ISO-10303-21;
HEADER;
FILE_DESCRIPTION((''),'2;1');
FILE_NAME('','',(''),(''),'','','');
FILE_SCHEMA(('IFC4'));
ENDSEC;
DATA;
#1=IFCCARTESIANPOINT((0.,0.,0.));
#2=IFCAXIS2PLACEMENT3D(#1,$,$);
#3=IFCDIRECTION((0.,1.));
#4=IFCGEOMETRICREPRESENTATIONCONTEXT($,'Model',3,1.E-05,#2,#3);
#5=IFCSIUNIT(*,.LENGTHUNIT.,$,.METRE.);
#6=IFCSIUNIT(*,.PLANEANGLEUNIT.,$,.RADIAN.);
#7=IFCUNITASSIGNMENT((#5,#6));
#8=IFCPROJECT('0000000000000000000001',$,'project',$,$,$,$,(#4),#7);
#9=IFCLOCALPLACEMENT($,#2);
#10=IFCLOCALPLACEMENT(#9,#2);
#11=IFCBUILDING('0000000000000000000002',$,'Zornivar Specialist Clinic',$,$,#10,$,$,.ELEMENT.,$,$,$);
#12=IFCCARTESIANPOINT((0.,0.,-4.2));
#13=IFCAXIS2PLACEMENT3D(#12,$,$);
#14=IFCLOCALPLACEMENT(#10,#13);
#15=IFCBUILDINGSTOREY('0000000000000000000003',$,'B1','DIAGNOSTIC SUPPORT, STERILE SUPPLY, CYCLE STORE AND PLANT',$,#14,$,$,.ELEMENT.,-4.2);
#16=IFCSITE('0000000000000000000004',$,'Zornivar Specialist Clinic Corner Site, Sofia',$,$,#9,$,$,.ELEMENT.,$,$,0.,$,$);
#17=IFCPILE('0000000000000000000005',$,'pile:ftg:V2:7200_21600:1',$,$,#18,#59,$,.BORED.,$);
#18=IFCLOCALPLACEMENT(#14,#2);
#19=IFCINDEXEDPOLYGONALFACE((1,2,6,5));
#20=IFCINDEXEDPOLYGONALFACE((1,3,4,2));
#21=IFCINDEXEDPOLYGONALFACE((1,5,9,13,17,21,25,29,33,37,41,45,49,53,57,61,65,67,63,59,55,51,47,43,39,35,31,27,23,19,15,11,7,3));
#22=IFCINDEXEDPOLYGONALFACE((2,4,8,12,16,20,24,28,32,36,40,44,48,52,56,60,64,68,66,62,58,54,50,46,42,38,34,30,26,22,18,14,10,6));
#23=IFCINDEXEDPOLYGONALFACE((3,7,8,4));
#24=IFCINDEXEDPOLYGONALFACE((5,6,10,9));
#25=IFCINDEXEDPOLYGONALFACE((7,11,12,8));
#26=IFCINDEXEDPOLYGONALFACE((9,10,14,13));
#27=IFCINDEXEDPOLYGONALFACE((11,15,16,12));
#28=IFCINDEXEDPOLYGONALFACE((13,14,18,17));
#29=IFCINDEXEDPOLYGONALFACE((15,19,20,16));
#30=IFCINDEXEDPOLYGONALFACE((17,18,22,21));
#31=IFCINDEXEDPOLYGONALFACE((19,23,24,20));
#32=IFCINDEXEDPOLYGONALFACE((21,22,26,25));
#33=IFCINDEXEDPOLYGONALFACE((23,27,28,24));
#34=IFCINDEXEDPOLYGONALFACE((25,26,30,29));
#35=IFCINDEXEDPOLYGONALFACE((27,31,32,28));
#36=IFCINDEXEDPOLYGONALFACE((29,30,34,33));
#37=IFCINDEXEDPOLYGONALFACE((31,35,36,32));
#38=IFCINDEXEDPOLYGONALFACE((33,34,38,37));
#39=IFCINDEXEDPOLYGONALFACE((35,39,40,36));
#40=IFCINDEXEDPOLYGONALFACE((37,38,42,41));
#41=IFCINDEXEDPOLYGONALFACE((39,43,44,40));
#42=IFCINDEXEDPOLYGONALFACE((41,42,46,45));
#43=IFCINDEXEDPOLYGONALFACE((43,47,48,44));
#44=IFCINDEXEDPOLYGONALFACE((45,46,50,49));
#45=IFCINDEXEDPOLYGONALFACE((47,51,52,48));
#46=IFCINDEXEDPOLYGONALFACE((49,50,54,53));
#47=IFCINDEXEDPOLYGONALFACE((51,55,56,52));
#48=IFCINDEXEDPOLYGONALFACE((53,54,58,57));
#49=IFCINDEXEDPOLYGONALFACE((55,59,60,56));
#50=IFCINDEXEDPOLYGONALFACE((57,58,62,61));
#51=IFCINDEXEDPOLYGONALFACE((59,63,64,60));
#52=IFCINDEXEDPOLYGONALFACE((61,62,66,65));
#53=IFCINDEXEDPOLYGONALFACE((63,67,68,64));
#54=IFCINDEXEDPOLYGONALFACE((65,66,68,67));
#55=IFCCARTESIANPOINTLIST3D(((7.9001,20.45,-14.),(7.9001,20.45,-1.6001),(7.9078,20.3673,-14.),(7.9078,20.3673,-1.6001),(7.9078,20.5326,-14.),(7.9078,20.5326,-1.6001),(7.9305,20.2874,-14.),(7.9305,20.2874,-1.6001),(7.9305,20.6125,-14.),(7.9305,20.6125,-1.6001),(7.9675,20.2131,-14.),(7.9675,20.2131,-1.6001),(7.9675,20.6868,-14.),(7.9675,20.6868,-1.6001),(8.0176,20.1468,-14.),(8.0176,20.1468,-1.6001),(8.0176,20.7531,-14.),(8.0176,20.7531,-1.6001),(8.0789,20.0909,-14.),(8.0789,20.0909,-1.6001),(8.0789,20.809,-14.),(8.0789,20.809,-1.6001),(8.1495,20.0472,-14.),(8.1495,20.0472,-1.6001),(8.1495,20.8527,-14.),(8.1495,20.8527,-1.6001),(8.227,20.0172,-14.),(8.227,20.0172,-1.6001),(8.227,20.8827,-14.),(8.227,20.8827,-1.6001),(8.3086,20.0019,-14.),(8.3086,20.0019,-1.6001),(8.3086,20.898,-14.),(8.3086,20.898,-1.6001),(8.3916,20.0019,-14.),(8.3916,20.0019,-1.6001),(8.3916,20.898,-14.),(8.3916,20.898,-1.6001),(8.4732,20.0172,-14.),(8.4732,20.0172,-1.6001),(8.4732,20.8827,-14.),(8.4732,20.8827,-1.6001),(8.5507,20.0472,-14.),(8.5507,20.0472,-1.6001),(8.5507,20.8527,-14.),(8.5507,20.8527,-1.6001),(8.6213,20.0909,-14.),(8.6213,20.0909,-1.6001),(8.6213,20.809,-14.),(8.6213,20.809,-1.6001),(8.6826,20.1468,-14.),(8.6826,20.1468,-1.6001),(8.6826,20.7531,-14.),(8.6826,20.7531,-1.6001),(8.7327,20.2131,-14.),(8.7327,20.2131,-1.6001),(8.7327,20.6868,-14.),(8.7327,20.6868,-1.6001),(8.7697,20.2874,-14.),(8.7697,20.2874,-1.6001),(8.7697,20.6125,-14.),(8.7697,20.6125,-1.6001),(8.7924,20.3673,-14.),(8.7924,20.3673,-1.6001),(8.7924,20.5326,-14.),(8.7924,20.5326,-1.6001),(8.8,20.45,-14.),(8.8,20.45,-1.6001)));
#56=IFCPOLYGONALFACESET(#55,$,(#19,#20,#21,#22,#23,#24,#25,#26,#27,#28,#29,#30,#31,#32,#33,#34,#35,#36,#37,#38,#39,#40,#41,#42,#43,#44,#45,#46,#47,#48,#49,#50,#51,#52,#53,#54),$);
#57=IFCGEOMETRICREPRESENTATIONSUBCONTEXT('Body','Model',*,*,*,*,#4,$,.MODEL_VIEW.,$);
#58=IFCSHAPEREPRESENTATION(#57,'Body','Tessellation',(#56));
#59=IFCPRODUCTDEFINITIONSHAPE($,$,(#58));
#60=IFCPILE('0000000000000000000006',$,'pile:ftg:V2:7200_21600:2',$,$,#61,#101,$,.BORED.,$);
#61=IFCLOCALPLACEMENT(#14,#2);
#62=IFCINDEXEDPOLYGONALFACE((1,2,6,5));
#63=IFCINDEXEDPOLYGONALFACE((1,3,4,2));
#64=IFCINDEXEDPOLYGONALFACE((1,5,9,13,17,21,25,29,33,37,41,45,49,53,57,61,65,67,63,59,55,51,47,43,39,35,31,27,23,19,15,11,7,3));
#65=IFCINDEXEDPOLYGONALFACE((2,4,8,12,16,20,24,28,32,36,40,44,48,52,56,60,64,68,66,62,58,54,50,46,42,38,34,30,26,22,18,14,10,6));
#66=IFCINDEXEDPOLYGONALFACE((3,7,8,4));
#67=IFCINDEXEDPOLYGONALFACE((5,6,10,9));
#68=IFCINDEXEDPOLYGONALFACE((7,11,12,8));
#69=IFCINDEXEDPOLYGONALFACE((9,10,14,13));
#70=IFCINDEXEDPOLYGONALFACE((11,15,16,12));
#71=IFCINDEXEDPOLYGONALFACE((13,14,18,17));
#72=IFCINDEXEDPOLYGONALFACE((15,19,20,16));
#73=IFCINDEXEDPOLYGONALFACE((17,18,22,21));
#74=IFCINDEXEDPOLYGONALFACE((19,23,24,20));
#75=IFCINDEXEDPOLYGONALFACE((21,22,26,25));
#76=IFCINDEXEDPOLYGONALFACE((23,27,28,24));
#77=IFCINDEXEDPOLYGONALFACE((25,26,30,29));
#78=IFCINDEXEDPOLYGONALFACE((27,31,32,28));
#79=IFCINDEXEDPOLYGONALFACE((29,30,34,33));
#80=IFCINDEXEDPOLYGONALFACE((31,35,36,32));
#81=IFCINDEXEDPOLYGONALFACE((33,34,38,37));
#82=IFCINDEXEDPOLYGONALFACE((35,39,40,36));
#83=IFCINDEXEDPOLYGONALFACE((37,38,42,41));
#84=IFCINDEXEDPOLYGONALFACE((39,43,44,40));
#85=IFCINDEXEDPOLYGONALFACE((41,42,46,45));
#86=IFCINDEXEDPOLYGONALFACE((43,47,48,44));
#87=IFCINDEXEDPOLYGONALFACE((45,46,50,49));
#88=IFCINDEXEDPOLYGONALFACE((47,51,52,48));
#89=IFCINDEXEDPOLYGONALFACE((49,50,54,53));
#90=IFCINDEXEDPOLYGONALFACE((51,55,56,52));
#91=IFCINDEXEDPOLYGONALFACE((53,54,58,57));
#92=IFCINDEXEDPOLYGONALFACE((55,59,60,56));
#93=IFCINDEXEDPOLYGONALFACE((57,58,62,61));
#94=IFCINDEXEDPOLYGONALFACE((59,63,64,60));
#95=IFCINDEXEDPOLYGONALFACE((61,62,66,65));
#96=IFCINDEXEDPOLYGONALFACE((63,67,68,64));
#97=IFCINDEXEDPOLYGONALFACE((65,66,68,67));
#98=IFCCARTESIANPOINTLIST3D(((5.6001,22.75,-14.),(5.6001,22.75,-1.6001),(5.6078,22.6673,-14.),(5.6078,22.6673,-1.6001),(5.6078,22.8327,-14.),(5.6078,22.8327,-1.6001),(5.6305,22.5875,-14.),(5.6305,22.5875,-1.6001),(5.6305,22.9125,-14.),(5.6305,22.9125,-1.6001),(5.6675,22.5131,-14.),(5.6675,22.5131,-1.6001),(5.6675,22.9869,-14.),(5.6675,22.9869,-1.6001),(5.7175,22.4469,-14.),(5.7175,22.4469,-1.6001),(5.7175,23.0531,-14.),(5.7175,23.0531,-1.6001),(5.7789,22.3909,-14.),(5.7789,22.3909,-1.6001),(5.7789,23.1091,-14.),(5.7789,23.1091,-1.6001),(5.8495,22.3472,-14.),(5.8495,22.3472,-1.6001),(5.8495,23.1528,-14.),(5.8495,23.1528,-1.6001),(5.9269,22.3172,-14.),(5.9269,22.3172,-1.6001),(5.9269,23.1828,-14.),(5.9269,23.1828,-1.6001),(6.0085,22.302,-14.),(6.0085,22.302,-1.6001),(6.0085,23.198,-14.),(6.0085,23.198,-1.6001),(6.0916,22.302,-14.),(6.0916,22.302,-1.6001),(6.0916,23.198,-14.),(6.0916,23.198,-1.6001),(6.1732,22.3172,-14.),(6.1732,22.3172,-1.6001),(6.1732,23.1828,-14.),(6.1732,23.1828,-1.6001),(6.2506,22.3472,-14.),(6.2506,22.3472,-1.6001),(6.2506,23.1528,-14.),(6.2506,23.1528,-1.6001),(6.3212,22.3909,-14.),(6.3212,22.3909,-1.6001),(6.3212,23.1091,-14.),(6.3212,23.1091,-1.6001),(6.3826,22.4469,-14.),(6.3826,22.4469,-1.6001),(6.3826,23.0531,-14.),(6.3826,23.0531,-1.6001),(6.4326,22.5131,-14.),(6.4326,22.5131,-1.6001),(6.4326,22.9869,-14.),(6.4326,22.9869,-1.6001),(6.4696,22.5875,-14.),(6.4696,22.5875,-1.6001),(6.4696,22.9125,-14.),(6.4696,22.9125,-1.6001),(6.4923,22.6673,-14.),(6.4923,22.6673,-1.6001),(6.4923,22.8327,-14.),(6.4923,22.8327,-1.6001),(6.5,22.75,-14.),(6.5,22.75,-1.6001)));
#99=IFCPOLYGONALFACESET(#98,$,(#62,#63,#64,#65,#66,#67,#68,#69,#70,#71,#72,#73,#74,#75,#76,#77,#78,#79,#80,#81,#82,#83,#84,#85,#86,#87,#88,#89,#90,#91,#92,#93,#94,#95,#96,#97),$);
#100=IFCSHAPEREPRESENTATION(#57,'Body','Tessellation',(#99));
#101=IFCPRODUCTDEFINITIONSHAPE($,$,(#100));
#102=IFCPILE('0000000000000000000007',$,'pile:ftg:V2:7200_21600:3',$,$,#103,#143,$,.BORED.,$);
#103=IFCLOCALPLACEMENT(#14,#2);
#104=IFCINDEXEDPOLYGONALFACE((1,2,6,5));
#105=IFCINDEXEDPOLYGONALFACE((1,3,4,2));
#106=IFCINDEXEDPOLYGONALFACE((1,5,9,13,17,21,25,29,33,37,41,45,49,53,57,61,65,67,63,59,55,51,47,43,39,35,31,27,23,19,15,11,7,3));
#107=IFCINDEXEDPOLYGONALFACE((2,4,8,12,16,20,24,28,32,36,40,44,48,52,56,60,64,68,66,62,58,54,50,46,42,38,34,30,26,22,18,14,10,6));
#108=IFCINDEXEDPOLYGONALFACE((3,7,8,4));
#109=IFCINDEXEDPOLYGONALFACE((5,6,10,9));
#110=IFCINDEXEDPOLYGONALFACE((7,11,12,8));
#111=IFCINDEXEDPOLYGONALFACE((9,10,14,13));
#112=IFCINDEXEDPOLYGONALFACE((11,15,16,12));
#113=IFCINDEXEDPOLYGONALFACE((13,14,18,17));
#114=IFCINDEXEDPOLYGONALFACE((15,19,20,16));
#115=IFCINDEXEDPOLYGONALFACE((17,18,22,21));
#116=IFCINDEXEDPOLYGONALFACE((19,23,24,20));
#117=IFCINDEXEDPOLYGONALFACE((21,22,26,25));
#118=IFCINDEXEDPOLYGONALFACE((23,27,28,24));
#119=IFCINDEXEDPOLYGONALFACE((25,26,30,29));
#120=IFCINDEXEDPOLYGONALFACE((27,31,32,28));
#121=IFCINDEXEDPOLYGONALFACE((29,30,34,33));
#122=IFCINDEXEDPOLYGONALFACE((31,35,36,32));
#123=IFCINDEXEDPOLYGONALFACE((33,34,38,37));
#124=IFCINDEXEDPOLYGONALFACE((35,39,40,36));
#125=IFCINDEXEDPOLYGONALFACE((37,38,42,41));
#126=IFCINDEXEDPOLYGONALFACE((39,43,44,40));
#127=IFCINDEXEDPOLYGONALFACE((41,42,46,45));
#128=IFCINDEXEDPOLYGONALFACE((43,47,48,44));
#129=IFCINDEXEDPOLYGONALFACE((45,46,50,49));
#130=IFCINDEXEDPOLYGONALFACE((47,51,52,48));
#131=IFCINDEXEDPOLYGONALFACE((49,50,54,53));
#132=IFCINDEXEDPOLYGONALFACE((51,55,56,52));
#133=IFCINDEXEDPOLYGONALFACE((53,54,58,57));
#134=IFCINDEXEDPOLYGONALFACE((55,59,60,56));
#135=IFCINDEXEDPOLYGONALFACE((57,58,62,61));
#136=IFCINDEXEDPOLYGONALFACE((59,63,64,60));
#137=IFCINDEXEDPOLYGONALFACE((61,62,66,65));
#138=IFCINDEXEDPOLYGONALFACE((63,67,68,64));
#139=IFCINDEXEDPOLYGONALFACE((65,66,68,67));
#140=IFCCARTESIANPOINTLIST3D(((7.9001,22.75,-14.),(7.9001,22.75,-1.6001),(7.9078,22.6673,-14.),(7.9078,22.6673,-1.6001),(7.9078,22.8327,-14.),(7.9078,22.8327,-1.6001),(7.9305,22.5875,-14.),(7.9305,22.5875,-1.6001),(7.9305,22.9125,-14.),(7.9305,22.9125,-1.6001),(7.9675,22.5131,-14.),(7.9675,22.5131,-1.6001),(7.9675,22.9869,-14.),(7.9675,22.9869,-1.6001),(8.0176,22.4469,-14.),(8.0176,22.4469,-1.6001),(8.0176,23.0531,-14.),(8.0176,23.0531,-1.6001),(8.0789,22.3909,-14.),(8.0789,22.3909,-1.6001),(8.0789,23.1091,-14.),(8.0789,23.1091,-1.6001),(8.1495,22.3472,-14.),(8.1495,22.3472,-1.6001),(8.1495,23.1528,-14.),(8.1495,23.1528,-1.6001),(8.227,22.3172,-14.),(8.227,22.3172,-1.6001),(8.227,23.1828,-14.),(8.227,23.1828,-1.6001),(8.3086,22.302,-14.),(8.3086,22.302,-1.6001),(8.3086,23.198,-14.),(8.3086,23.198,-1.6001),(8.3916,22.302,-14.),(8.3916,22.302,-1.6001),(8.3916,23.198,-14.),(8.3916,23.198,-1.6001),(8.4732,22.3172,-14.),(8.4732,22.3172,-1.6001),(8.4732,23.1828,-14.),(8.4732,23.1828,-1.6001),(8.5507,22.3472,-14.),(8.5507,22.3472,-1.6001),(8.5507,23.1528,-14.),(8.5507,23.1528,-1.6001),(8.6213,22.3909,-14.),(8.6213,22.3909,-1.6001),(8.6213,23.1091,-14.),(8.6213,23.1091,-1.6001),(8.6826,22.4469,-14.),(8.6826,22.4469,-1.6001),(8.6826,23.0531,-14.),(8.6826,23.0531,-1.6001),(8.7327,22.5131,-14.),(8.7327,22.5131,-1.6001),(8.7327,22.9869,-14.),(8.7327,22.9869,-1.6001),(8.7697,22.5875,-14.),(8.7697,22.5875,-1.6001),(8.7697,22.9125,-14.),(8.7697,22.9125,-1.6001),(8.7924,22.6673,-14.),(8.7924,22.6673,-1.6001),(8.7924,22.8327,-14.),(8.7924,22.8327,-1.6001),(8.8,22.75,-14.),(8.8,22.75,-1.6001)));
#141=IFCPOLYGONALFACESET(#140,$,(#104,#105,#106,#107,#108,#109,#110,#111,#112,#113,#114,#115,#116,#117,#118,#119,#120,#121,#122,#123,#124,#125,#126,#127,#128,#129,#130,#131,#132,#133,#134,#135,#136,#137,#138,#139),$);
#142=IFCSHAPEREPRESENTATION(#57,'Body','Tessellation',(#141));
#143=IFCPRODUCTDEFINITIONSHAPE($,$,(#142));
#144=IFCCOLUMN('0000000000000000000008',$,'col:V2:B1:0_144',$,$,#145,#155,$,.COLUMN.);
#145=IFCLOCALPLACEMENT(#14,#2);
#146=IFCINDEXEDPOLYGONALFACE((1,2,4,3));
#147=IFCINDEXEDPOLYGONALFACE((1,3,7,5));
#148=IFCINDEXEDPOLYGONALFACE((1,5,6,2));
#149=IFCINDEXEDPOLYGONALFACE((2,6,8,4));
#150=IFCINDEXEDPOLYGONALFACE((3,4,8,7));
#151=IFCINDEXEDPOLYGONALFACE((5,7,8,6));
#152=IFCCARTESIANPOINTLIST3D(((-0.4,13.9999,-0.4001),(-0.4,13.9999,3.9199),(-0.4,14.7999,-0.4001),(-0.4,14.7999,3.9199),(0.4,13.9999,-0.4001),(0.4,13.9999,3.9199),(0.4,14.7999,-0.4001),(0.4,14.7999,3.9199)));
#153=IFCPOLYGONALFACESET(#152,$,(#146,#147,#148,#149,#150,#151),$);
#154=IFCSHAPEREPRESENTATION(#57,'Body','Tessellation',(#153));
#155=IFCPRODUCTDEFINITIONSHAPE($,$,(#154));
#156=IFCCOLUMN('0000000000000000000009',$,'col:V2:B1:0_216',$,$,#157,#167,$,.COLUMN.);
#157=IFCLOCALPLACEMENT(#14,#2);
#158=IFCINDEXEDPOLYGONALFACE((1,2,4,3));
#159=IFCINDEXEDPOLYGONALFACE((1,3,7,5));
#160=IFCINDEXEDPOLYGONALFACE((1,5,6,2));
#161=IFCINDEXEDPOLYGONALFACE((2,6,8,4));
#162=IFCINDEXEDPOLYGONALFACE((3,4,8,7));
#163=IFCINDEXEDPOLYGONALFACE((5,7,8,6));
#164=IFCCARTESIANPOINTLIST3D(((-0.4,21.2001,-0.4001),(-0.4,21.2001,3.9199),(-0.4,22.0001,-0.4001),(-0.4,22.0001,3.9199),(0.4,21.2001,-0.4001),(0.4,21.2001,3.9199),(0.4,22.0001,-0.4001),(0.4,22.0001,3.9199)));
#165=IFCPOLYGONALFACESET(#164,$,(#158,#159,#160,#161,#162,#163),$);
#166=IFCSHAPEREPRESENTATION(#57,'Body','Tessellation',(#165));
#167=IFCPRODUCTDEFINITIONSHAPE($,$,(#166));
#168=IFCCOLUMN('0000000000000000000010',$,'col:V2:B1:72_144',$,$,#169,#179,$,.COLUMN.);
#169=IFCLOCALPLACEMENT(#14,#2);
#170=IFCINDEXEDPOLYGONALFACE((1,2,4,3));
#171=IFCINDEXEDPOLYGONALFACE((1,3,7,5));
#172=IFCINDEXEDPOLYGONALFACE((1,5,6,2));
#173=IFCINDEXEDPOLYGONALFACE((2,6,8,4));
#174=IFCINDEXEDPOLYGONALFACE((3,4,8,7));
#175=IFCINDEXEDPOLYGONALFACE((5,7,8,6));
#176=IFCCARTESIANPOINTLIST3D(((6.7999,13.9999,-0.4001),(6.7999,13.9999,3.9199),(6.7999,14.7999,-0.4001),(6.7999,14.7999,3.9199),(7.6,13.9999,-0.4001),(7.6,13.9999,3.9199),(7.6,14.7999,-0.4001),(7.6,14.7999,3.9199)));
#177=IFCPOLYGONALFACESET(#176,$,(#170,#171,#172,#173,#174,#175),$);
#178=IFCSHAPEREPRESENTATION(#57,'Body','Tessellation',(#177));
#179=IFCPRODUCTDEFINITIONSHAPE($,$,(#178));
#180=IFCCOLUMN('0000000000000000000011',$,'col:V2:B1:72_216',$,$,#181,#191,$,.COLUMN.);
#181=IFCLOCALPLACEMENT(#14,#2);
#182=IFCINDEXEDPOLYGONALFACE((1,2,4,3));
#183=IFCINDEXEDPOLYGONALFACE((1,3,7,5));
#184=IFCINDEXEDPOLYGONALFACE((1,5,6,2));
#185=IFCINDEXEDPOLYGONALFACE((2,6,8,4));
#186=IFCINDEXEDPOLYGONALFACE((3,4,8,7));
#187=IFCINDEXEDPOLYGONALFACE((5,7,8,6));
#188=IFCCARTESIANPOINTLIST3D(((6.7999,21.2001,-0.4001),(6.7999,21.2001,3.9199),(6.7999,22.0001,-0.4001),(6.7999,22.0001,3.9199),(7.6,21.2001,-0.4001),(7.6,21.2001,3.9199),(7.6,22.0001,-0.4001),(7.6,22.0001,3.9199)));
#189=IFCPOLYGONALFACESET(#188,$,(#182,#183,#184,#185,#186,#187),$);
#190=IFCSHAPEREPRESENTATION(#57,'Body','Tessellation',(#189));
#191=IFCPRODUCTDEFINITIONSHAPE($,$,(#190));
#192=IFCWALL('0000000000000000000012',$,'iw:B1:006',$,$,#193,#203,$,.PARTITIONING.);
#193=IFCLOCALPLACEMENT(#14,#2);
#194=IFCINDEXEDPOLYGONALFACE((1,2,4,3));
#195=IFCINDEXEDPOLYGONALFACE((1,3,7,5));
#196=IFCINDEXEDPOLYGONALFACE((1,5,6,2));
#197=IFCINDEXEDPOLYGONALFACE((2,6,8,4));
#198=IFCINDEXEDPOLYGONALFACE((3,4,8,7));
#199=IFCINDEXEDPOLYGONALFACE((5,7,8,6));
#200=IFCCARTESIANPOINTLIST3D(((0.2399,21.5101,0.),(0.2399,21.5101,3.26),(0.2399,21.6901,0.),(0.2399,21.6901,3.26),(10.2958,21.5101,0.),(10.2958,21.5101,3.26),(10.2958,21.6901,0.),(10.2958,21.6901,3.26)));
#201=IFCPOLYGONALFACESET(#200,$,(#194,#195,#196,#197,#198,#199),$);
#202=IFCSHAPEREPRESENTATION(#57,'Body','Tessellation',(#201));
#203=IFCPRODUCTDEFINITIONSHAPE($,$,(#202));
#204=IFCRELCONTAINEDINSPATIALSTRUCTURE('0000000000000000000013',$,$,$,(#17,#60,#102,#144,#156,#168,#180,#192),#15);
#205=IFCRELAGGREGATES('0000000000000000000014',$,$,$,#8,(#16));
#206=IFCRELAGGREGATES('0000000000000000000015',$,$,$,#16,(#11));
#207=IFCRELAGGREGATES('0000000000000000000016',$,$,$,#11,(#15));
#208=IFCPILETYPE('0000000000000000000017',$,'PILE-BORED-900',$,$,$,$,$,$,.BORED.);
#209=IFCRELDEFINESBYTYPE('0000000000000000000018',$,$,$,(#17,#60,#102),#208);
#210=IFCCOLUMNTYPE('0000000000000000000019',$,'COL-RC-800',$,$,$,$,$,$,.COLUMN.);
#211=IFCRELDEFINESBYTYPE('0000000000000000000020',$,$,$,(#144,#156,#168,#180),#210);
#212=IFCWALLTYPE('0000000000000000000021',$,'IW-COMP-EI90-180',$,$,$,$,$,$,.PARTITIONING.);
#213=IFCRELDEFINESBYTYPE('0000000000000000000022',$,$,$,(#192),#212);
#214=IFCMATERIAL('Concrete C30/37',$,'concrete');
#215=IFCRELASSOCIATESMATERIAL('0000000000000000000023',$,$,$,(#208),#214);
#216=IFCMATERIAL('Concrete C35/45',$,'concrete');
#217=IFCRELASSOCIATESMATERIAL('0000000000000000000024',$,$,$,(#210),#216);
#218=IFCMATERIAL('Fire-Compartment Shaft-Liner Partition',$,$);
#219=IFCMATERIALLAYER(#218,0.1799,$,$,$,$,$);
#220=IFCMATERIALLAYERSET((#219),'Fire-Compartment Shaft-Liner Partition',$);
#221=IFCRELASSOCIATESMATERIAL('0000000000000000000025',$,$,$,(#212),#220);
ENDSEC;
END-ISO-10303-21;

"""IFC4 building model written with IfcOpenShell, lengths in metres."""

from ifc_helpers import new_model, si_unit, direction, frame, frame_2d, origin, origin_2d, place, context, subcontext, project, spatial, rectangle, circle, extrude, material, layer, layer_set, material_profile, profile_set, type_object, element, save


model = new_model("IFC4")

# Units and contexts
model_context = context("Model", 3, precision=1e-05, world=origin(), true_north=direction((0.0, 1.0)))
body_context = subcontext(model_context, "Body", "Model", "MODEL_VIEW")
ifc_project = project(units=[si_unit("LENGTHUNIT", "METRE"), si_unit("PLANEANGLEUNIT", "RADIAN")], contexts=[model_context])

# Site, building, storey
site_placement = place(None, origin())
site = spatial("IfcSite", under=ifc_project, at=site_placement, Name="Zornivar Specialist Clinic Corner Site, Sofia", CompositionType="ELEMENT", RefElevation=0.0)
building_placement = place(site_placement, origin())
building = spatial("IfcBuilding", under=site, at=building_placement, Name="Zornivar Specialist Clinic", CompositionType="ELEMENT")
storey_placement = place(building_placement, frame((0.0, 0.0, -4.2)))
storey = spatial("IfcBuildingStorey", under=building, at=storey_placement, Name="B1", Description="DIAGNOSTIC SUPPORT, STERILE SUPPLY, CYCLE STORE AND PLANT", CompositionType="ELEMENT", Elevation=-4.2)

# Piles
ifc_material_1 = material(Name="Concrete C30/37", Category="concrete")
ifc_material_profile_1 = material_profile(ifc_material_1, circle(Radius=0.45, at=origin_2d()), Name="PILE D900")
ifc_profile_set_1 = profile_set([ifc_material_profile_1], Name="Concrete C30/37")
pile_type_1 = type_object("IfcPileType", Name="PILE-BORED-900", PredefinedType="BORED", material=ifc_profile_set_1)
for number, where, z_axis, x_axis, name in (
    (1, (8.3501, 20.45, -1.6001), (0.0, 0.0, -1.0), (1.0, 0.0, 0.0), "pile:ftg:V2:7200_21600:1"),
    (2, (6.05, 22.75, -1.6001), (0.0, 0.0, -1.0), (1.0, 0.0, 0.0), "pile:ftg:V2:7200_21600:2"),
    (3, (8.3501, 22.75, -1.6001), (0.0, 0.0, -1.0), (1.0, 0.0, 0.0), "pile:ftg:V2:7200_21600:3"),
):
    element("IfcPile", number, at=place(storey_placement, frame(where, z_axis=z_axis, x_axis=x_axis)), inside=storey, type_object=pile_type_1, Name=name, PredefinedType="BORED", context=body_context, shape_type="SweptSolid", body=[
        extrude(circle(Radius=0.45, at=origin_2d()), origin(), (0.0, 0.0, 1.0), 12.3999),
    ])

# Columns
ifc_material_2 = material(Name="Concrete C35/45", Category="concrete")
ifc_material_profile_2 = material_profile(ifc_material_2, rectangle(XDim=0.8, YDim=0.8, at=origin_2d()), Name="RC 800x800")
ifc_profile_set_2 = profile_set([ifc_material_profile_2], Name="Concrete C35/45")
column_type = type_object("IfcColumnType", Name="COL-RC-800", PredefinedType="COLUMN", material=ifc_profile_set_2)
for number, where, z_axis, x_axis, name in (
    (4, (0.0, 14.3999, -0.4001), (0.0, 0.0, 1.0), (1.0, 0.0, 0.0), "col:V2:B1:0_144"),
    (5, (0.0, 21.6001, -0.4001), (0.0, 0.0, 1.0), (1.0, 0.0, 0.0), "col:V2:B1:0_216"),
    (6, (7.2, 14.3999, -0.4001), (0.0, 0.0, 1.0), (1.0, 0.0, 0.0), "col:V2:B1:72_144"),
    (7, (7.2, 21.6001, -0.4001), (0.0, 0.0, 1.0), (1.0, 0.0, 0.0), "col:V2:B1:72_216"),
):
    element("IfcColumn", number, at=place(storey_placement, frame(where, z_axis=z_axis, x_axis=x_axis)), inside=storey, type_object=column_type, Name=name, PredefinedType="COLUMN", context=body_context, shape_type="SweptSolid", body=[
        extrude(rectangle(XDim=0.8, YDim=0.8, at=origin_2d()), origin(), (0.0, 0.0, 1.0), 4.3201),
    ])

# Wall
ifc_material_3 = material(Name="Fire-Compartment Shaft-Liner Partition")
ifc_layer_1 = layer(ifc_material_3, 0.1799)
ifc_layer_set_1 = layer_set([ifc_layer_1], Name="Fire-Compartment Shaft-Liner Partition")
wall_type_1 = type_object("IfcWallType", Name="IW-COMP-EI90-180", PredefinedType="PARTITIONING", material=ifc_layer_set_1)
wall_1_placement = place(storey_placement, frame((0.24, 21.6001, 0.0), z_axis=(0.0, 0.0, 1.0), x_axis=(1.0, 0.0, 0.0)))
element("IfcWall", 8, at=wall_1_placement, inside=storey, type_object=wall_type_1, Name="iw:B1:006", PredefinedType="PARTITIONING", context=body_context, shape_type="SweptSolid", body=[
    extrude(rectangle(XDim=10.0559, YDim=0.1799, at=frame_2d((5.0278, 0.0))), origin(), (0.0, 0.0, 1.0), 3.26),
])

save(model, "model.ifc")
